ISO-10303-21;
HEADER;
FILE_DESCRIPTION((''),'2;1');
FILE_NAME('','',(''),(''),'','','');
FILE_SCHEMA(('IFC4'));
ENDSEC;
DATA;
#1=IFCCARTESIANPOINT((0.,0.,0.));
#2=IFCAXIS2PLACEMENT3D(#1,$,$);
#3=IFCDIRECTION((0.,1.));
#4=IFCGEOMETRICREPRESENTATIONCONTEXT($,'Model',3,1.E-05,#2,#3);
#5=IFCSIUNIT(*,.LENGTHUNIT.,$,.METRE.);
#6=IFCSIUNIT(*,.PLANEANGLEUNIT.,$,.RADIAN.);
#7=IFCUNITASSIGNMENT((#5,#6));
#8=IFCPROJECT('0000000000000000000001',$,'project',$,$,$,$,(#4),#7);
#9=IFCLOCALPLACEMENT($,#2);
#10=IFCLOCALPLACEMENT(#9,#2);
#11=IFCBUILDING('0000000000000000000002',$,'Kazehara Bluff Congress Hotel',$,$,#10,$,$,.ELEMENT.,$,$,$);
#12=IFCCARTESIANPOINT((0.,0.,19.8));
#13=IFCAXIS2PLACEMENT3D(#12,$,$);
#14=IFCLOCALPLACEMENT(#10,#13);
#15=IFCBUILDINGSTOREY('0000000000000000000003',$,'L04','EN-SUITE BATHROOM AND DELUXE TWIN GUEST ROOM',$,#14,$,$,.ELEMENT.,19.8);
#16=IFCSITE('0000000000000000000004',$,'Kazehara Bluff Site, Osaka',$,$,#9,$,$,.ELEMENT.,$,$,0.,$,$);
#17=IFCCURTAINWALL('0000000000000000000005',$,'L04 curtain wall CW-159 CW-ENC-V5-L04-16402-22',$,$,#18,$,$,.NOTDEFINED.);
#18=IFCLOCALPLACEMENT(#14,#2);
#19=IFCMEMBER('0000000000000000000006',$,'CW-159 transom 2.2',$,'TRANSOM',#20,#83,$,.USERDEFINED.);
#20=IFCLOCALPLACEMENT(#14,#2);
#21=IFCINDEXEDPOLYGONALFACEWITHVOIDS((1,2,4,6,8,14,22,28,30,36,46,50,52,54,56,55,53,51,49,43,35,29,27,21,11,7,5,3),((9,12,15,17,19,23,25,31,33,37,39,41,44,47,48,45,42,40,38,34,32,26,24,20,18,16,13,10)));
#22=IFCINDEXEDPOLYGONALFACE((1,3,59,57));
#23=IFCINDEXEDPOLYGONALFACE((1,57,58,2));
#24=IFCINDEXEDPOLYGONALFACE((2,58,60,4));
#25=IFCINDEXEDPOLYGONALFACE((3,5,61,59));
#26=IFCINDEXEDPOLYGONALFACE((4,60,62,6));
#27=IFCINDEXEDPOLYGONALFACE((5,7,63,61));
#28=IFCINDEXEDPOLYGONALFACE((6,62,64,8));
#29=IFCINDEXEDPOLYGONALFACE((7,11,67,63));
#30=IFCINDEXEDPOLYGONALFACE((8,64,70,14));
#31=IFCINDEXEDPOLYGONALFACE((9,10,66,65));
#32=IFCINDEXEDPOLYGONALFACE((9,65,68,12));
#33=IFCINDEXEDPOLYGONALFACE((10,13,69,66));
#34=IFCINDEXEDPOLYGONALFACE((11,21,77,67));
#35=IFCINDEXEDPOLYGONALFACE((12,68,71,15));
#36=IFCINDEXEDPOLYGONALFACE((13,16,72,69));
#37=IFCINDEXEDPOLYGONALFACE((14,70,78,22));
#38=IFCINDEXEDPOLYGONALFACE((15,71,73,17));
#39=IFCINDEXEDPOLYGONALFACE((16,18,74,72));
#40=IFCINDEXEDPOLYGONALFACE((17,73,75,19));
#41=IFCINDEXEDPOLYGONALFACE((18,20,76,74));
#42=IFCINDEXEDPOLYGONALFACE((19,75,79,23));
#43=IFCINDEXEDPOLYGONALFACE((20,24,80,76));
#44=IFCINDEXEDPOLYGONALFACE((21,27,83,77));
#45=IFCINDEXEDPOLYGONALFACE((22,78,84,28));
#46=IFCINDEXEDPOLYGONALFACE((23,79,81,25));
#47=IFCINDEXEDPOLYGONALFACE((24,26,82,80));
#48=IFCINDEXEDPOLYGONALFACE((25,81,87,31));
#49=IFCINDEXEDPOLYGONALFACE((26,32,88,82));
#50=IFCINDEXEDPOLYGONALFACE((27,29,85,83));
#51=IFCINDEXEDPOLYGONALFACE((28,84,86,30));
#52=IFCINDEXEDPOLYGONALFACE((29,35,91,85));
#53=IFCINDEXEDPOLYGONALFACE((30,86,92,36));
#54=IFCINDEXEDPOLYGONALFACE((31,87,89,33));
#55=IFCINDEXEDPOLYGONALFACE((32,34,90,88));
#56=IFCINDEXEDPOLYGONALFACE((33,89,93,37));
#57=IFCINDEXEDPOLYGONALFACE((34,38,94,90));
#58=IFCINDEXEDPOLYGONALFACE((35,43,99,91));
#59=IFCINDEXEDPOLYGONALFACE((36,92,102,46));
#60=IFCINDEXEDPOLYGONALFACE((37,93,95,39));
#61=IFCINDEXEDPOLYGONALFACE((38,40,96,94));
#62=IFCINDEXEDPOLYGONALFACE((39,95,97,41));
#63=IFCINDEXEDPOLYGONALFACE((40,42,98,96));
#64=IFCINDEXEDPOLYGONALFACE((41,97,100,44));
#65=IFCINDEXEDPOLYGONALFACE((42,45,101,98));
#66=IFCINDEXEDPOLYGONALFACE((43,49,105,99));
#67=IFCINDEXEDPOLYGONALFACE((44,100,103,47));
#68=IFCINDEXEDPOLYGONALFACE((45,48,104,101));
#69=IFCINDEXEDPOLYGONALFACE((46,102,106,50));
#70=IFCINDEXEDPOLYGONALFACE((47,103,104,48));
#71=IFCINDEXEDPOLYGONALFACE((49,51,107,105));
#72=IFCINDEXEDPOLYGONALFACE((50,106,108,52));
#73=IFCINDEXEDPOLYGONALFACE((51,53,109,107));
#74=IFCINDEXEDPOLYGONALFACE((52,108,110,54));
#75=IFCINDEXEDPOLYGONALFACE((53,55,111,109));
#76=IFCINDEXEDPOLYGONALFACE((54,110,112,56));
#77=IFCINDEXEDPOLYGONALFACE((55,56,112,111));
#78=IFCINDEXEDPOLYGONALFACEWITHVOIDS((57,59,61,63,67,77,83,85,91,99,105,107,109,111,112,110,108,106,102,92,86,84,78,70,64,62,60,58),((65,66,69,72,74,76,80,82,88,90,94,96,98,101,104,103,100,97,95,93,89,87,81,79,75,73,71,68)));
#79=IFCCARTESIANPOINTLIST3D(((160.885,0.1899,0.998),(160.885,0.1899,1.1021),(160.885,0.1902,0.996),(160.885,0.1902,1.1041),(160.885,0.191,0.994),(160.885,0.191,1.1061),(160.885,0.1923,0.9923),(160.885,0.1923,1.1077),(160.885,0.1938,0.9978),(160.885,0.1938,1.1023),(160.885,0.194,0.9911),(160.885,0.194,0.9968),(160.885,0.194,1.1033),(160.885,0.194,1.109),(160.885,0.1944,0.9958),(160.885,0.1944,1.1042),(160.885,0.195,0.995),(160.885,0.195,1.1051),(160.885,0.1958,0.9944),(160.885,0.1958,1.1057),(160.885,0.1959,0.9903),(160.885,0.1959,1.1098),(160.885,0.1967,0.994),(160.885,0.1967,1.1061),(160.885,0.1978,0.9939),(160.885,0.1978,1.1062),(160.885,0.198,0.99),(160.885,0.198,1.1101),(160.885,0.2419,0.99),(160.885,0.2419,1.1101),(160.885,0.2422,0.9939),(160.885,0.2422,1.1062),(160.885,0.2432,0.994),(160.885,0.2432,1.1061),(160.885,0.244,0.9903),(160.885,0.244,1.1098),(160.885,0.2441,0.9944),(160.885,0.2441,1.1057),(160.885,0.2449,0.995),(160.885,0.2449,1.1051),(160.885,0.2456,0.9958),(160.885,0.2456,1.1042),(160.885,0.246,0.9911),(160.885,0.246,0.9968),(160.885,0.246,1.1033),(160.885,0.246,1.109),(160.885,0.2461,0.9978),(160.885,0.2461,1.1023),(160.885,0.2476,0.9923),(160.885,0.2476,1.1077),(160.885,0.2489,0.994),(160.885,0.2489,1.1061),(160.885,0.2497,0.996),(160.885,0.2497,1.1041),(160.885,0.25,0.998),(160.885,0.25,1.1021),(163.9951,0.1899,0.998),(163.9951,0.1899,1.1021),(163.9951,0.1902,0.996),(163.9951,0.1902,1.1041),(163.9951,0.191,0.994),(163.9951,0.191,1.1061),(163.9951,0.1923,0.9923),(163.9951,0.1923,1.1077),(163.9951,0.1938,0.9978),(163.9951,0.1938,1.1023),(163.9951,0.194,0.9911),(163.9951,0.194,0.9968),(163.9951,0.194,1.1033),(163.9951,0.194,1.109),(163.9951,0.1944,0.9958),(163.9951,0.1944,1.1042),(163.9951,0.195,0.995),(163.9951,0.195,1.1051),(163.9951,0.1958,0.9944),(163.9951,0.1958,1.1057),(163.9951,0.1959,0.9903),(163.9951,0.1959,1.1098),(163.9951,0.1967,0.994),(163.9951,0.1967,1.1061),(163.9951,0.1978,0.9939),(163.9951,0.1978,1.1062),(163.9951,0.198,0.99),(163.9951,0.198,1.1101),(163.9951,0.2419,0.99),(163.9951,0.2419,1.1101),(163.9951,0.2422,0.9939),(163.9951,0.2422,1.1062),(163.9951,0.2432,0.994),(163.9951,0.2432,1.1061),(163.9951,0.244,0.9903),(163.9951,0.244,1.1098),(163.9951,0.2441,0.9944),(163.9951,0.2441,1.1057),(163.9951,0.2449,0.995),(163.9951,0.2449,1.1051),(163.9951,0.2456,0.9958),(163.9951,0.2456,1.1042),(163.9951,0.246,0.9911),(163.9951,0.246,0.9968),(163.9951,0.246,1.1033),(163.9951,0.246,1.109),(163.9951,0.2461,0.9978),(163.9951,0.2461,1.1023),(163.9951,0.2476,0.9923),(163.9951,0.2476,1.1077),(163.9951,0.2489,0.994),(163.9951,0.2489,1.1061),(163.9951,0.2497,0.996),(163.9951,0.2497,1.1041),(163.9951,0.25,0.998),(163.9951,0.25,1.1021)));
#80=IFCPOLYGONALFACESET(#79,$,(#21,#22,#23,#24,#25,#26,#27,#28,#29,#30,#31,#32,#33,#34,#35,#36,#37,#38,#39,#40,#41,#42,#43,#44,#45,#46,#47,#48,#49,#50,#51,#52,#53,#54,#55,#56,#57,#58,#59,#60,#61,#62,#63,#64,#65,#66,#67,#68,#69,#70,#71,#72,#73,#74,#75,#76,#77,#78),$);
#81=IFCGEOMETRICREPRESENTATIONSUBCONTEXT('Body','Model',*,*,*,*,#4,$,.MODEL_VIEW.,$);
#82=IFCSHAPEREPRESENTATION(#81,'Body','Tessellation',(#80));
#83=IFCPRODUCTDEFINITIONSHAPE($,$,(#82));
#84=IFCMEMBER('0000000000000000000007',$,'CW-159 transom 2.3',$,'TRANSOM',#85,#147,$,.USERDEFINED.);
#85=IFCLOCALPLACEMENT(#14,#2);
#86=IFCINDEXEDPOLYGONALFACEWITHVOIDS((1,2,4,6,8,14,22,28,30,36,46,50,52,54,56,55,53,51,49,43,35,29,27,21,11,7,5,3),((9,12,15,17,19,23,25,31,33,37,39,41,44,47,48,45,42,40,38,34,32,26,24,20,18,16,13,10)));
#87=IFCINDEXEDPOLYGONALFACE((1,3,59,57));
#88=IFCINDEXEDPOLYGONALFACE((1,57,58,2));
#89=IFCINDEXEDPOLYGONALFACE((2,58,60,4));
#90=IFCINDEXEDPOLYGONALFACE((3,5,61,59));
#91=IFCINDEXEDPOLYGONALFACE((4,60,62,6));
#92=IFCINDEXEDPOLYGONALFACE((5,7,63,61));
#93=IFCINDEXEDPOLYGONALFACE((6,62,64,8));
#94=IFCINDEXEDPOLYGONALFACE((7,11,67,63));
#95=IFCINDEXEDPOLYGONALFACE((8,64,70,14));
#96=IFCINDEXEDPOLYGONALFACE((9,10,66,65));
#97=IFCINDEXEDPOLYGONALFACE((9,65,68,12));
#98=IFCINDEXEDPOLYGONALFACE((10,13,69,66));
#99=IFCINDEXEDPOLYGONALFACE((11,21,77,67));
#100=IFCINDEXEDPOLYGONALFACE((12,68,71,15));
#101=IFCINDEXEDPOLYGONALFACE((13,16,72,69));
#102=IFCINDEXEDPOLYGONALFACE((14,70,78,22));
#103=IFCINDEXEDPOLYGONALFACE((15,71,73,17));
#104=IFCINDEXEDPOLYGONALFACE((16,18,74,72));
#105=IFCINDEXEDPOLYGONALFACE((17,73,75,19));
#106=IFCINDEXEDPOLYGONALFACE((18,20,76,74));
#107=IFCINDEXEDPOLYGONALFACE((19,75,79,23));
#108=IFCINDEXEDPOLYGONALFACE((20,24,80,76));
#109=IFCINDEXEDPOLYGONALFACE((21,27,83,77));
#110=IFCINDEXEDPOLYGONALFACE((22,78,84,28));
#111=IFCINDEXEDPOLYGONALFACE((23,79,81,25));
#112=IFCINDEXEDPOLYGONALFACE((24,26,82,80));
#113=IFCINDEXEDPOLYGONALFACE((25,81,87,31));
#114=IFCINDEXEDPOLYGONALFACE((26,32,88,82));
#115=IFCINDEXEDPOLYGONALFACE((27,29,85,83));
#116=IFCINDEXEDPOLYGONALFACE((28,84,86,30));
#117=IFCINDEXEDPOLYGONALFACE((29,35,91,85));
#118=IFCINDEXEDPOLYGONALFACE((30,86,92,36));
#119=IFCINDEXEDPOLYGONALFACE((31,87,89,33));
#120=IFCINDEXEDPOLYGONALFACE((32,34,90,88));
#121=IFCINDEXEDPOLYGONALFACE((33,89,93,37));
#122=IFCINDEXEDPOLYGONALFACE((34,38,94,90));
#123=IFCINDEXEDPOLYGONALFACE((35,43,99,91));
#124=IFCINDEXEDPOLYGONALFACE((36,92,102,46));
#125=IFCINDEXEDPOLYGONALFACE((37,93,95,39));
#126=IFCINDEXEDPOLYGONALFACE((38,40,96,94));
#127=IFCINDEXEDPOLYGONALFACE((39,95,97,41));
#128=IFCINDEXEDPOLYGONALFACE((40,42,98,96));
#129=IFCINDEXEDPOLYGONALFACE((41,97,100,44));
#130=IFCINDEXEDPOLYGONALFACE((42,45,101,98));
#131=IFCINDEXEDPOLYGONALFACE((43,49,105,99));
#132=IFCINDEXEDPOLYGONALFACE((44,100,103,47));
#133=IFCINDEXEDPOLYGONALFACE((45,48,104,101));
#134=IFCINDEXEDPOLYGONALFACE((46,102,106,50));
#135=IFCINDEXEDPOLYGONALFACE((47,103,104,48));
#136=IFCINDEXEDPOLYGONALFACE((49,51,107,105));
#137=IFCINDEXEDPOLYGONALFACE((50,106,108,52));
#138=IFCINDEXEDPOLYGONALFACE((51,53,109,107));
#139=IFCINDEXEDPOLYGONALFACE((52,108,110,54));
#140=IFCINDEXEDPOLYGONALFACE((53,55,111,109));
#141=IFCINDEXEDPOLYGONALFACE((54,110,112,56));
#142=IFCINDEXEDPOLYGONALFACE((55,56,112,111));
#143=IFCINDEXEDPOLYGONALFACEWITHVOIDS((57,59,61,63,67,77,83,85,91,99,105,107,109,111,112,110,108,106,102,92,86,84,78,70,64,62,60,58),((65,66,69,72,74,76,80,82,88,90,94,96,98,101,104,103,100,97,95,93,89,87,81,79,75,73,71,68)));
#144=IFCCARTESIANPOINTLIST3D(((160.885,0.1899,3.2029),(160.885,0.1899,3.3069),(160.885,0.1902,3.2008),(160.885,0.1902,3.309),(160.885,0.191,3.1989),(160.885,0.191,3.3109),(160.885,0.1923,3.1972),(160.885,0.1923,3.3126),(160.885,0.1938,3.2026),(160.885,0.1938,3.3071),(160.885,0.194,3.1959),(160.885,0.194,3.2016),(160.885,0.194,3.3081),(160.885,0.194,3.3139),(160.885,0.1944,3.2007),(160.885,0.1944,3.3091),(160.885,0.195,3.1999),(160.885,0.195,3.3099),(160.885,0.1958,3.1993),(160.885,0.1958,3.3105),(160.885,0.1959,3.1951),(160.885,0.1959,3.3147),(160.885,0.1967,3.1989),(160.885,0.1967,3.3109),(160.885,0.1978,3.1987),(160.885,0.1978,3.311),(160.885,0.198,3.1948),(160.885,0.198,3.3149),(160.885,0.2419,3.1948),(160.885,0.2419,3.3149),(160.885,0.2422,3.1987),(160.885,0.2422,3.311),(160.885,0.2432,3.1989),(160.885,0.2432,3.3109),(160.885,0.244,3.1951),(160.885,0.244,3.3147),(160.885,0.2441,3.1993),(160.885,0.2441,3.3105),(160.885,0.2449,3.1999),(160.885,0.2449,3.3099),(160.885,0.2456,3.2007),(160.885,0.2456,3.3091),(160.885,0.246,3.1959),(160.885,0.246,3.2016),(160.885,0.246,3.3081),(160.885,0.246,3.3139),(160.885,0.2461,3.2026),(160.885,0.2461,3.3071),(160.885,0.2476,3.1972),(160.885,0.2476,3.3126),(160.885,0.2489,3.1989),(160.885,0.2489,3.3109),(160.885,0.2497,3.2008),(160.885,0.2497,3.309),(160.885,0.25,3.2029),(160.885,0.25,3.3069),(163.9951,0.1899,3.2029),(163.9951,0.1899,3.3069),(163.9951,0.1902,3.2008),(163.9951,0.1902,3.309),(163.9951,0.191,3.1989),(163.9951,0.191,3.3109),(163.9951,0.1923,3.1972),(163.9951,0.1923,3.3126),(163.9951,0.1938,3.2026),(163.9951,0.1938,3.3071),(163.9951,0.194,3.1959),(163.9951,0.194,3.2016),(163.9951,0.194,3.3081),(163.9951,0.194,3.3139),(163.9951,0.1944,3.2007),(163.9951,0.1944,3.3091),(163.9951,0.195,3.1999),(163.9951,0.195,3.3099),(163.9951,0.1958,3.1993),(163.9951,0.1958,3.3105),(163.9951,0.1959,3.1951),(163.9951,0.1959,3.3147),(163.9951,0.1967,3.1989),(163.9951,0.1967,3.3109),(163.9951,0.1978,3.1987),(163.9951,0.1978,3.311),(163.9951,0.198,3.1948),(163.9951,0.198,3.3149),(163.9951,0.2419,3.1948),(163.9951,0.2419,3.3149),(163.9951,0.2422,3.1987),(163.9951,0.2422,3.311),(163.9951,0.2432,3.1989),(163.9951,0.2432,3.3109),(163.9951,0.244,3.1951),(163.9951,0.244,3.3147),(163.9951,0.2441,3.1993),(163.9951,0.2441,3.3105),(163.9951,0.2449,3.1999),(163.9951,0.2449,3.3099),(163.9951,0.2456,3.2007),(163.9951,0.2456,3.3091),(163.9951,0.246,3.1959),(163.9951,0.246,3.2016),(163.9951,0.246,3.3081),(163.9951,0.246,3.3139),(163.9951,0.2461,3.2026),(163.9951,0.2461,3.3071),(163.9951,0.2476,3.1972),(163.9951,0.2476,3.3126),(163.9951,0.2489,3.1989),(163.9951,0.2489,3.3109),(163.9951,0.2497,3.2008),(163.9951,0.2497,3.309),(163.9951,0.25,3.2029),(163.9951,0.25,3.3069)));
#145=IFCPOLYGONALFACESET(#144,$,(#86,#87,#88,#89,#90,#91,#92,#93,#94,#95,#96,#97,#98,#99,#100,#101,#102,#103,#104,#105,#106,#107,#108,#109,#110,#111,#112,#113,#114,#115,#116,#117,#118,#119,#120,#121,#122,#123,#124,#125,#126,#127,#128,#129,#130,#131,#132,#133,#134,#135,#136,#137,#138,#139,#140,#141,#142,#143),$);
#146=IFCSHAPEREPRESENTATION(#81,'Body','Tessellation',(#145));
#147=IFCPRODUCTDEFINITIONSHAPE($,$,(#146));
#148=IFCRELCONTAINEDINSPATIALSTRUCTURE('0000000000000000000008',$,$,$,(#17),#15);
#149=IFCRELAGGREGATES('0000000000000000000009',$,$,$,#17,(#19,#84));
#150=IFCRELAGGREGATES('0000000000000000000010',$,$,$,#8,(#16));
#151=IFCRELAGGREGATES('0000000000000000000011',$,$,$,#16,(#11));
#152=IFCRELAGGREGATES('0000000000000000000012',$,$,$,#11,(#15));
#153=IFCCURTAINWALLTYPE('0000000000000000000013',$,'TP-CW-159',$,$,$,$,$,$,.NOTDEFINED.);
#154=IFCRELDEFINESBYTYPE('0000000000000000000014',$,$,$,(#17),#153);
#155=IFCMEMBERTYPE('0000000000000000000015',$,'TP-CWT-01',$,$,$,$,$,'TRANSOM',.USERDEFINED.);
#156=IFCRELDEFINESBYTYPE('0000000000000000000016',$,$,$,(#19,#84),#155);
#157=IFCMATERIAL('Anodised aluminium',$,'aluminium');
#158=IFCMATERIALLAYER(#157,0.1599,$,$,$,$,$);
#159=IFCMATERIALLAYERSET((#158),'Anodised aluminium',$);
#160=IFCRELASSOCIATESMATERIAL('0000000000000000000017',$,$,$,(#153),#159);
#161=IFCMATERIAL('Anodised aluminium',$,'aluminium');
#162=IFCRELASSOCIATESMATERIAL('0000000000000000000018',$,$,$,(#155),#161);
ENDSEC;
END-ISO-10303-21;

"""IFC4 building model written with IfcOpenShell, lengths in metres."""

from ifc_helpers import new_model, si_unit, direction, frame, origin, origin_2d, place, context, subcontext, project, spatial, hollow_rectangle, extrude, material, layer, layer_set, material_profile, profile_set, type_object, element, aggregate, save


model = new_model("IFC4")

# Units and contexts
model_context = context("Model", 3, precision=1e-05, world=origin(), true_north=direction((0.0, 1.0)))
body_context = subcontext(model_context, "Body", "Model", "MODEL_VIEW")
ifc_project = project(units=[si_unit("LENGTHUNIT", "METRE"), si_unit("PLANEANGLEUNIT", "RADIAN")], contexts=[model_context])

# Site, building, storey
site_placement = place(None, origin())
site = spatial("IfcSite", under=ifc_project, at=site_placement, Name="Kazehara Bluff Site, Osaka", CompositionType="ELEMENT", RefElevation=0.0)
building_placement = place(site_placement, origin())
building = spatial("IfcBuilding", under=site, at=building_placement, Name="Kazehara Bluff Congress Hotel", CompositionType="ELEMENT")
storey_placement = place(building_placement, frame((0.0, 0.0, 19.8)))
storey = spatial("IfcBuildingStorey", under=building, at=storey_placement, Name="L04", Description="EN-SUITE BATHROOM AND DELUXE TWIN GUEST ROOM", CompositionType="ELEMENT", Elevation=19.8)

# Curtain wall
ifc_material_1 = material(Name="Anodised aluminium", Category="aluminium")
ifc_layer_1 = layer(ifc_material_1, 0.1599)
ifc_layer_set_1 = layer_set([ifc_layer_1], Name="Anodised aluminium")
curtain_wall_type_1 = type_object("IfcCurtainWallType", Name="TP-CW-159", PredefinedType="NOTDEFINED", material=ifc_layer_set_1)
curtain_wall_1_placement = place(storey_placement, origin())
curtain_wall_1 = element("IfcCurtainWall", 1, at=curtain_wall_1_placement, inside=storey, type_object=curtain_wall_type_1, Name="L04 curtain wall CW-159 CW-ENC-V5-L04-16402-22", PredefinedType="NOTDEFINED")

# Members
ifc_material_2 = material(Name="Anodised aluminium", Category="aluminium")
ifc_material_profile_1 = material_profile(ifc_material_2, hollow_rectangle(XDim=0.0601, YDim=0.1201, WallThickness=0.0039, InnerFilletRadius=0.0039, OuterFilletRadius=0.0081, at=origin_2d()))
ifc_profile_set_1 = profile_set([ifc_material_profile_1], Name="Anodised aluminium")
member_type_1 = type_object("IfcMemberType", Name="TP-CWT-01", ElementType="TRANSOM", PredefinedType="USERDEFINED", material=ifc_profile_set_1)
member_1_placement = place(storey_placement, frame((163.9951, 0.22, 1.05), z_axis=(-1.0, 0.0, 0.0), x_axis=(0.0, -1.0, 0.0)))
member_1 = element("IfcMember", 2, at=member_1_placement, type_object=member_type_1, Name="CW-159 transom 2.2", ObjectType="TRANSOM", PredefinedType="USERDEFINED", context=body_context, shape_type="SweptSolid", body=[
    extrude(hollow_rectangle(XDim=0.0601, YDim=0.1201, WallThickness=0.0039, InnerFilletRadius=0.0039, OuterFilletRadius=0.0081, at=origin_2d()), origin(), (0.0, 0.0, 1.0), 3.1101),
])
member_2_placement = place(storey_placement, frame((163.9951, 0.22, 3.2549), z_axis=(-1.0, 0.0, 0.0), x_axis=(0.0, -1.0, 0.0)))
member_2 = element("IfcMember", 3, at=member_2_placement, type_object=member_type_1, Name="CW-159 transom 2.3", ObjectType="TRANSOM", PredefinedType="USERDEFINED", context=body_context, shape_type="SweptSolid", body=[
    extrude(hollow_rectangle(XDim=0.0601, YDim=0.1201, WallThickness=0.0039, InnerFilletRadius=0.0039, OuterFilletRadius=0.0081, at=origin_2d()), origin(), (0.0, 0.0, 1.0), 3.1101),
])

aggregate(curtain_wall_1, [member_1, member_2])

save(model, "model.ifc")
